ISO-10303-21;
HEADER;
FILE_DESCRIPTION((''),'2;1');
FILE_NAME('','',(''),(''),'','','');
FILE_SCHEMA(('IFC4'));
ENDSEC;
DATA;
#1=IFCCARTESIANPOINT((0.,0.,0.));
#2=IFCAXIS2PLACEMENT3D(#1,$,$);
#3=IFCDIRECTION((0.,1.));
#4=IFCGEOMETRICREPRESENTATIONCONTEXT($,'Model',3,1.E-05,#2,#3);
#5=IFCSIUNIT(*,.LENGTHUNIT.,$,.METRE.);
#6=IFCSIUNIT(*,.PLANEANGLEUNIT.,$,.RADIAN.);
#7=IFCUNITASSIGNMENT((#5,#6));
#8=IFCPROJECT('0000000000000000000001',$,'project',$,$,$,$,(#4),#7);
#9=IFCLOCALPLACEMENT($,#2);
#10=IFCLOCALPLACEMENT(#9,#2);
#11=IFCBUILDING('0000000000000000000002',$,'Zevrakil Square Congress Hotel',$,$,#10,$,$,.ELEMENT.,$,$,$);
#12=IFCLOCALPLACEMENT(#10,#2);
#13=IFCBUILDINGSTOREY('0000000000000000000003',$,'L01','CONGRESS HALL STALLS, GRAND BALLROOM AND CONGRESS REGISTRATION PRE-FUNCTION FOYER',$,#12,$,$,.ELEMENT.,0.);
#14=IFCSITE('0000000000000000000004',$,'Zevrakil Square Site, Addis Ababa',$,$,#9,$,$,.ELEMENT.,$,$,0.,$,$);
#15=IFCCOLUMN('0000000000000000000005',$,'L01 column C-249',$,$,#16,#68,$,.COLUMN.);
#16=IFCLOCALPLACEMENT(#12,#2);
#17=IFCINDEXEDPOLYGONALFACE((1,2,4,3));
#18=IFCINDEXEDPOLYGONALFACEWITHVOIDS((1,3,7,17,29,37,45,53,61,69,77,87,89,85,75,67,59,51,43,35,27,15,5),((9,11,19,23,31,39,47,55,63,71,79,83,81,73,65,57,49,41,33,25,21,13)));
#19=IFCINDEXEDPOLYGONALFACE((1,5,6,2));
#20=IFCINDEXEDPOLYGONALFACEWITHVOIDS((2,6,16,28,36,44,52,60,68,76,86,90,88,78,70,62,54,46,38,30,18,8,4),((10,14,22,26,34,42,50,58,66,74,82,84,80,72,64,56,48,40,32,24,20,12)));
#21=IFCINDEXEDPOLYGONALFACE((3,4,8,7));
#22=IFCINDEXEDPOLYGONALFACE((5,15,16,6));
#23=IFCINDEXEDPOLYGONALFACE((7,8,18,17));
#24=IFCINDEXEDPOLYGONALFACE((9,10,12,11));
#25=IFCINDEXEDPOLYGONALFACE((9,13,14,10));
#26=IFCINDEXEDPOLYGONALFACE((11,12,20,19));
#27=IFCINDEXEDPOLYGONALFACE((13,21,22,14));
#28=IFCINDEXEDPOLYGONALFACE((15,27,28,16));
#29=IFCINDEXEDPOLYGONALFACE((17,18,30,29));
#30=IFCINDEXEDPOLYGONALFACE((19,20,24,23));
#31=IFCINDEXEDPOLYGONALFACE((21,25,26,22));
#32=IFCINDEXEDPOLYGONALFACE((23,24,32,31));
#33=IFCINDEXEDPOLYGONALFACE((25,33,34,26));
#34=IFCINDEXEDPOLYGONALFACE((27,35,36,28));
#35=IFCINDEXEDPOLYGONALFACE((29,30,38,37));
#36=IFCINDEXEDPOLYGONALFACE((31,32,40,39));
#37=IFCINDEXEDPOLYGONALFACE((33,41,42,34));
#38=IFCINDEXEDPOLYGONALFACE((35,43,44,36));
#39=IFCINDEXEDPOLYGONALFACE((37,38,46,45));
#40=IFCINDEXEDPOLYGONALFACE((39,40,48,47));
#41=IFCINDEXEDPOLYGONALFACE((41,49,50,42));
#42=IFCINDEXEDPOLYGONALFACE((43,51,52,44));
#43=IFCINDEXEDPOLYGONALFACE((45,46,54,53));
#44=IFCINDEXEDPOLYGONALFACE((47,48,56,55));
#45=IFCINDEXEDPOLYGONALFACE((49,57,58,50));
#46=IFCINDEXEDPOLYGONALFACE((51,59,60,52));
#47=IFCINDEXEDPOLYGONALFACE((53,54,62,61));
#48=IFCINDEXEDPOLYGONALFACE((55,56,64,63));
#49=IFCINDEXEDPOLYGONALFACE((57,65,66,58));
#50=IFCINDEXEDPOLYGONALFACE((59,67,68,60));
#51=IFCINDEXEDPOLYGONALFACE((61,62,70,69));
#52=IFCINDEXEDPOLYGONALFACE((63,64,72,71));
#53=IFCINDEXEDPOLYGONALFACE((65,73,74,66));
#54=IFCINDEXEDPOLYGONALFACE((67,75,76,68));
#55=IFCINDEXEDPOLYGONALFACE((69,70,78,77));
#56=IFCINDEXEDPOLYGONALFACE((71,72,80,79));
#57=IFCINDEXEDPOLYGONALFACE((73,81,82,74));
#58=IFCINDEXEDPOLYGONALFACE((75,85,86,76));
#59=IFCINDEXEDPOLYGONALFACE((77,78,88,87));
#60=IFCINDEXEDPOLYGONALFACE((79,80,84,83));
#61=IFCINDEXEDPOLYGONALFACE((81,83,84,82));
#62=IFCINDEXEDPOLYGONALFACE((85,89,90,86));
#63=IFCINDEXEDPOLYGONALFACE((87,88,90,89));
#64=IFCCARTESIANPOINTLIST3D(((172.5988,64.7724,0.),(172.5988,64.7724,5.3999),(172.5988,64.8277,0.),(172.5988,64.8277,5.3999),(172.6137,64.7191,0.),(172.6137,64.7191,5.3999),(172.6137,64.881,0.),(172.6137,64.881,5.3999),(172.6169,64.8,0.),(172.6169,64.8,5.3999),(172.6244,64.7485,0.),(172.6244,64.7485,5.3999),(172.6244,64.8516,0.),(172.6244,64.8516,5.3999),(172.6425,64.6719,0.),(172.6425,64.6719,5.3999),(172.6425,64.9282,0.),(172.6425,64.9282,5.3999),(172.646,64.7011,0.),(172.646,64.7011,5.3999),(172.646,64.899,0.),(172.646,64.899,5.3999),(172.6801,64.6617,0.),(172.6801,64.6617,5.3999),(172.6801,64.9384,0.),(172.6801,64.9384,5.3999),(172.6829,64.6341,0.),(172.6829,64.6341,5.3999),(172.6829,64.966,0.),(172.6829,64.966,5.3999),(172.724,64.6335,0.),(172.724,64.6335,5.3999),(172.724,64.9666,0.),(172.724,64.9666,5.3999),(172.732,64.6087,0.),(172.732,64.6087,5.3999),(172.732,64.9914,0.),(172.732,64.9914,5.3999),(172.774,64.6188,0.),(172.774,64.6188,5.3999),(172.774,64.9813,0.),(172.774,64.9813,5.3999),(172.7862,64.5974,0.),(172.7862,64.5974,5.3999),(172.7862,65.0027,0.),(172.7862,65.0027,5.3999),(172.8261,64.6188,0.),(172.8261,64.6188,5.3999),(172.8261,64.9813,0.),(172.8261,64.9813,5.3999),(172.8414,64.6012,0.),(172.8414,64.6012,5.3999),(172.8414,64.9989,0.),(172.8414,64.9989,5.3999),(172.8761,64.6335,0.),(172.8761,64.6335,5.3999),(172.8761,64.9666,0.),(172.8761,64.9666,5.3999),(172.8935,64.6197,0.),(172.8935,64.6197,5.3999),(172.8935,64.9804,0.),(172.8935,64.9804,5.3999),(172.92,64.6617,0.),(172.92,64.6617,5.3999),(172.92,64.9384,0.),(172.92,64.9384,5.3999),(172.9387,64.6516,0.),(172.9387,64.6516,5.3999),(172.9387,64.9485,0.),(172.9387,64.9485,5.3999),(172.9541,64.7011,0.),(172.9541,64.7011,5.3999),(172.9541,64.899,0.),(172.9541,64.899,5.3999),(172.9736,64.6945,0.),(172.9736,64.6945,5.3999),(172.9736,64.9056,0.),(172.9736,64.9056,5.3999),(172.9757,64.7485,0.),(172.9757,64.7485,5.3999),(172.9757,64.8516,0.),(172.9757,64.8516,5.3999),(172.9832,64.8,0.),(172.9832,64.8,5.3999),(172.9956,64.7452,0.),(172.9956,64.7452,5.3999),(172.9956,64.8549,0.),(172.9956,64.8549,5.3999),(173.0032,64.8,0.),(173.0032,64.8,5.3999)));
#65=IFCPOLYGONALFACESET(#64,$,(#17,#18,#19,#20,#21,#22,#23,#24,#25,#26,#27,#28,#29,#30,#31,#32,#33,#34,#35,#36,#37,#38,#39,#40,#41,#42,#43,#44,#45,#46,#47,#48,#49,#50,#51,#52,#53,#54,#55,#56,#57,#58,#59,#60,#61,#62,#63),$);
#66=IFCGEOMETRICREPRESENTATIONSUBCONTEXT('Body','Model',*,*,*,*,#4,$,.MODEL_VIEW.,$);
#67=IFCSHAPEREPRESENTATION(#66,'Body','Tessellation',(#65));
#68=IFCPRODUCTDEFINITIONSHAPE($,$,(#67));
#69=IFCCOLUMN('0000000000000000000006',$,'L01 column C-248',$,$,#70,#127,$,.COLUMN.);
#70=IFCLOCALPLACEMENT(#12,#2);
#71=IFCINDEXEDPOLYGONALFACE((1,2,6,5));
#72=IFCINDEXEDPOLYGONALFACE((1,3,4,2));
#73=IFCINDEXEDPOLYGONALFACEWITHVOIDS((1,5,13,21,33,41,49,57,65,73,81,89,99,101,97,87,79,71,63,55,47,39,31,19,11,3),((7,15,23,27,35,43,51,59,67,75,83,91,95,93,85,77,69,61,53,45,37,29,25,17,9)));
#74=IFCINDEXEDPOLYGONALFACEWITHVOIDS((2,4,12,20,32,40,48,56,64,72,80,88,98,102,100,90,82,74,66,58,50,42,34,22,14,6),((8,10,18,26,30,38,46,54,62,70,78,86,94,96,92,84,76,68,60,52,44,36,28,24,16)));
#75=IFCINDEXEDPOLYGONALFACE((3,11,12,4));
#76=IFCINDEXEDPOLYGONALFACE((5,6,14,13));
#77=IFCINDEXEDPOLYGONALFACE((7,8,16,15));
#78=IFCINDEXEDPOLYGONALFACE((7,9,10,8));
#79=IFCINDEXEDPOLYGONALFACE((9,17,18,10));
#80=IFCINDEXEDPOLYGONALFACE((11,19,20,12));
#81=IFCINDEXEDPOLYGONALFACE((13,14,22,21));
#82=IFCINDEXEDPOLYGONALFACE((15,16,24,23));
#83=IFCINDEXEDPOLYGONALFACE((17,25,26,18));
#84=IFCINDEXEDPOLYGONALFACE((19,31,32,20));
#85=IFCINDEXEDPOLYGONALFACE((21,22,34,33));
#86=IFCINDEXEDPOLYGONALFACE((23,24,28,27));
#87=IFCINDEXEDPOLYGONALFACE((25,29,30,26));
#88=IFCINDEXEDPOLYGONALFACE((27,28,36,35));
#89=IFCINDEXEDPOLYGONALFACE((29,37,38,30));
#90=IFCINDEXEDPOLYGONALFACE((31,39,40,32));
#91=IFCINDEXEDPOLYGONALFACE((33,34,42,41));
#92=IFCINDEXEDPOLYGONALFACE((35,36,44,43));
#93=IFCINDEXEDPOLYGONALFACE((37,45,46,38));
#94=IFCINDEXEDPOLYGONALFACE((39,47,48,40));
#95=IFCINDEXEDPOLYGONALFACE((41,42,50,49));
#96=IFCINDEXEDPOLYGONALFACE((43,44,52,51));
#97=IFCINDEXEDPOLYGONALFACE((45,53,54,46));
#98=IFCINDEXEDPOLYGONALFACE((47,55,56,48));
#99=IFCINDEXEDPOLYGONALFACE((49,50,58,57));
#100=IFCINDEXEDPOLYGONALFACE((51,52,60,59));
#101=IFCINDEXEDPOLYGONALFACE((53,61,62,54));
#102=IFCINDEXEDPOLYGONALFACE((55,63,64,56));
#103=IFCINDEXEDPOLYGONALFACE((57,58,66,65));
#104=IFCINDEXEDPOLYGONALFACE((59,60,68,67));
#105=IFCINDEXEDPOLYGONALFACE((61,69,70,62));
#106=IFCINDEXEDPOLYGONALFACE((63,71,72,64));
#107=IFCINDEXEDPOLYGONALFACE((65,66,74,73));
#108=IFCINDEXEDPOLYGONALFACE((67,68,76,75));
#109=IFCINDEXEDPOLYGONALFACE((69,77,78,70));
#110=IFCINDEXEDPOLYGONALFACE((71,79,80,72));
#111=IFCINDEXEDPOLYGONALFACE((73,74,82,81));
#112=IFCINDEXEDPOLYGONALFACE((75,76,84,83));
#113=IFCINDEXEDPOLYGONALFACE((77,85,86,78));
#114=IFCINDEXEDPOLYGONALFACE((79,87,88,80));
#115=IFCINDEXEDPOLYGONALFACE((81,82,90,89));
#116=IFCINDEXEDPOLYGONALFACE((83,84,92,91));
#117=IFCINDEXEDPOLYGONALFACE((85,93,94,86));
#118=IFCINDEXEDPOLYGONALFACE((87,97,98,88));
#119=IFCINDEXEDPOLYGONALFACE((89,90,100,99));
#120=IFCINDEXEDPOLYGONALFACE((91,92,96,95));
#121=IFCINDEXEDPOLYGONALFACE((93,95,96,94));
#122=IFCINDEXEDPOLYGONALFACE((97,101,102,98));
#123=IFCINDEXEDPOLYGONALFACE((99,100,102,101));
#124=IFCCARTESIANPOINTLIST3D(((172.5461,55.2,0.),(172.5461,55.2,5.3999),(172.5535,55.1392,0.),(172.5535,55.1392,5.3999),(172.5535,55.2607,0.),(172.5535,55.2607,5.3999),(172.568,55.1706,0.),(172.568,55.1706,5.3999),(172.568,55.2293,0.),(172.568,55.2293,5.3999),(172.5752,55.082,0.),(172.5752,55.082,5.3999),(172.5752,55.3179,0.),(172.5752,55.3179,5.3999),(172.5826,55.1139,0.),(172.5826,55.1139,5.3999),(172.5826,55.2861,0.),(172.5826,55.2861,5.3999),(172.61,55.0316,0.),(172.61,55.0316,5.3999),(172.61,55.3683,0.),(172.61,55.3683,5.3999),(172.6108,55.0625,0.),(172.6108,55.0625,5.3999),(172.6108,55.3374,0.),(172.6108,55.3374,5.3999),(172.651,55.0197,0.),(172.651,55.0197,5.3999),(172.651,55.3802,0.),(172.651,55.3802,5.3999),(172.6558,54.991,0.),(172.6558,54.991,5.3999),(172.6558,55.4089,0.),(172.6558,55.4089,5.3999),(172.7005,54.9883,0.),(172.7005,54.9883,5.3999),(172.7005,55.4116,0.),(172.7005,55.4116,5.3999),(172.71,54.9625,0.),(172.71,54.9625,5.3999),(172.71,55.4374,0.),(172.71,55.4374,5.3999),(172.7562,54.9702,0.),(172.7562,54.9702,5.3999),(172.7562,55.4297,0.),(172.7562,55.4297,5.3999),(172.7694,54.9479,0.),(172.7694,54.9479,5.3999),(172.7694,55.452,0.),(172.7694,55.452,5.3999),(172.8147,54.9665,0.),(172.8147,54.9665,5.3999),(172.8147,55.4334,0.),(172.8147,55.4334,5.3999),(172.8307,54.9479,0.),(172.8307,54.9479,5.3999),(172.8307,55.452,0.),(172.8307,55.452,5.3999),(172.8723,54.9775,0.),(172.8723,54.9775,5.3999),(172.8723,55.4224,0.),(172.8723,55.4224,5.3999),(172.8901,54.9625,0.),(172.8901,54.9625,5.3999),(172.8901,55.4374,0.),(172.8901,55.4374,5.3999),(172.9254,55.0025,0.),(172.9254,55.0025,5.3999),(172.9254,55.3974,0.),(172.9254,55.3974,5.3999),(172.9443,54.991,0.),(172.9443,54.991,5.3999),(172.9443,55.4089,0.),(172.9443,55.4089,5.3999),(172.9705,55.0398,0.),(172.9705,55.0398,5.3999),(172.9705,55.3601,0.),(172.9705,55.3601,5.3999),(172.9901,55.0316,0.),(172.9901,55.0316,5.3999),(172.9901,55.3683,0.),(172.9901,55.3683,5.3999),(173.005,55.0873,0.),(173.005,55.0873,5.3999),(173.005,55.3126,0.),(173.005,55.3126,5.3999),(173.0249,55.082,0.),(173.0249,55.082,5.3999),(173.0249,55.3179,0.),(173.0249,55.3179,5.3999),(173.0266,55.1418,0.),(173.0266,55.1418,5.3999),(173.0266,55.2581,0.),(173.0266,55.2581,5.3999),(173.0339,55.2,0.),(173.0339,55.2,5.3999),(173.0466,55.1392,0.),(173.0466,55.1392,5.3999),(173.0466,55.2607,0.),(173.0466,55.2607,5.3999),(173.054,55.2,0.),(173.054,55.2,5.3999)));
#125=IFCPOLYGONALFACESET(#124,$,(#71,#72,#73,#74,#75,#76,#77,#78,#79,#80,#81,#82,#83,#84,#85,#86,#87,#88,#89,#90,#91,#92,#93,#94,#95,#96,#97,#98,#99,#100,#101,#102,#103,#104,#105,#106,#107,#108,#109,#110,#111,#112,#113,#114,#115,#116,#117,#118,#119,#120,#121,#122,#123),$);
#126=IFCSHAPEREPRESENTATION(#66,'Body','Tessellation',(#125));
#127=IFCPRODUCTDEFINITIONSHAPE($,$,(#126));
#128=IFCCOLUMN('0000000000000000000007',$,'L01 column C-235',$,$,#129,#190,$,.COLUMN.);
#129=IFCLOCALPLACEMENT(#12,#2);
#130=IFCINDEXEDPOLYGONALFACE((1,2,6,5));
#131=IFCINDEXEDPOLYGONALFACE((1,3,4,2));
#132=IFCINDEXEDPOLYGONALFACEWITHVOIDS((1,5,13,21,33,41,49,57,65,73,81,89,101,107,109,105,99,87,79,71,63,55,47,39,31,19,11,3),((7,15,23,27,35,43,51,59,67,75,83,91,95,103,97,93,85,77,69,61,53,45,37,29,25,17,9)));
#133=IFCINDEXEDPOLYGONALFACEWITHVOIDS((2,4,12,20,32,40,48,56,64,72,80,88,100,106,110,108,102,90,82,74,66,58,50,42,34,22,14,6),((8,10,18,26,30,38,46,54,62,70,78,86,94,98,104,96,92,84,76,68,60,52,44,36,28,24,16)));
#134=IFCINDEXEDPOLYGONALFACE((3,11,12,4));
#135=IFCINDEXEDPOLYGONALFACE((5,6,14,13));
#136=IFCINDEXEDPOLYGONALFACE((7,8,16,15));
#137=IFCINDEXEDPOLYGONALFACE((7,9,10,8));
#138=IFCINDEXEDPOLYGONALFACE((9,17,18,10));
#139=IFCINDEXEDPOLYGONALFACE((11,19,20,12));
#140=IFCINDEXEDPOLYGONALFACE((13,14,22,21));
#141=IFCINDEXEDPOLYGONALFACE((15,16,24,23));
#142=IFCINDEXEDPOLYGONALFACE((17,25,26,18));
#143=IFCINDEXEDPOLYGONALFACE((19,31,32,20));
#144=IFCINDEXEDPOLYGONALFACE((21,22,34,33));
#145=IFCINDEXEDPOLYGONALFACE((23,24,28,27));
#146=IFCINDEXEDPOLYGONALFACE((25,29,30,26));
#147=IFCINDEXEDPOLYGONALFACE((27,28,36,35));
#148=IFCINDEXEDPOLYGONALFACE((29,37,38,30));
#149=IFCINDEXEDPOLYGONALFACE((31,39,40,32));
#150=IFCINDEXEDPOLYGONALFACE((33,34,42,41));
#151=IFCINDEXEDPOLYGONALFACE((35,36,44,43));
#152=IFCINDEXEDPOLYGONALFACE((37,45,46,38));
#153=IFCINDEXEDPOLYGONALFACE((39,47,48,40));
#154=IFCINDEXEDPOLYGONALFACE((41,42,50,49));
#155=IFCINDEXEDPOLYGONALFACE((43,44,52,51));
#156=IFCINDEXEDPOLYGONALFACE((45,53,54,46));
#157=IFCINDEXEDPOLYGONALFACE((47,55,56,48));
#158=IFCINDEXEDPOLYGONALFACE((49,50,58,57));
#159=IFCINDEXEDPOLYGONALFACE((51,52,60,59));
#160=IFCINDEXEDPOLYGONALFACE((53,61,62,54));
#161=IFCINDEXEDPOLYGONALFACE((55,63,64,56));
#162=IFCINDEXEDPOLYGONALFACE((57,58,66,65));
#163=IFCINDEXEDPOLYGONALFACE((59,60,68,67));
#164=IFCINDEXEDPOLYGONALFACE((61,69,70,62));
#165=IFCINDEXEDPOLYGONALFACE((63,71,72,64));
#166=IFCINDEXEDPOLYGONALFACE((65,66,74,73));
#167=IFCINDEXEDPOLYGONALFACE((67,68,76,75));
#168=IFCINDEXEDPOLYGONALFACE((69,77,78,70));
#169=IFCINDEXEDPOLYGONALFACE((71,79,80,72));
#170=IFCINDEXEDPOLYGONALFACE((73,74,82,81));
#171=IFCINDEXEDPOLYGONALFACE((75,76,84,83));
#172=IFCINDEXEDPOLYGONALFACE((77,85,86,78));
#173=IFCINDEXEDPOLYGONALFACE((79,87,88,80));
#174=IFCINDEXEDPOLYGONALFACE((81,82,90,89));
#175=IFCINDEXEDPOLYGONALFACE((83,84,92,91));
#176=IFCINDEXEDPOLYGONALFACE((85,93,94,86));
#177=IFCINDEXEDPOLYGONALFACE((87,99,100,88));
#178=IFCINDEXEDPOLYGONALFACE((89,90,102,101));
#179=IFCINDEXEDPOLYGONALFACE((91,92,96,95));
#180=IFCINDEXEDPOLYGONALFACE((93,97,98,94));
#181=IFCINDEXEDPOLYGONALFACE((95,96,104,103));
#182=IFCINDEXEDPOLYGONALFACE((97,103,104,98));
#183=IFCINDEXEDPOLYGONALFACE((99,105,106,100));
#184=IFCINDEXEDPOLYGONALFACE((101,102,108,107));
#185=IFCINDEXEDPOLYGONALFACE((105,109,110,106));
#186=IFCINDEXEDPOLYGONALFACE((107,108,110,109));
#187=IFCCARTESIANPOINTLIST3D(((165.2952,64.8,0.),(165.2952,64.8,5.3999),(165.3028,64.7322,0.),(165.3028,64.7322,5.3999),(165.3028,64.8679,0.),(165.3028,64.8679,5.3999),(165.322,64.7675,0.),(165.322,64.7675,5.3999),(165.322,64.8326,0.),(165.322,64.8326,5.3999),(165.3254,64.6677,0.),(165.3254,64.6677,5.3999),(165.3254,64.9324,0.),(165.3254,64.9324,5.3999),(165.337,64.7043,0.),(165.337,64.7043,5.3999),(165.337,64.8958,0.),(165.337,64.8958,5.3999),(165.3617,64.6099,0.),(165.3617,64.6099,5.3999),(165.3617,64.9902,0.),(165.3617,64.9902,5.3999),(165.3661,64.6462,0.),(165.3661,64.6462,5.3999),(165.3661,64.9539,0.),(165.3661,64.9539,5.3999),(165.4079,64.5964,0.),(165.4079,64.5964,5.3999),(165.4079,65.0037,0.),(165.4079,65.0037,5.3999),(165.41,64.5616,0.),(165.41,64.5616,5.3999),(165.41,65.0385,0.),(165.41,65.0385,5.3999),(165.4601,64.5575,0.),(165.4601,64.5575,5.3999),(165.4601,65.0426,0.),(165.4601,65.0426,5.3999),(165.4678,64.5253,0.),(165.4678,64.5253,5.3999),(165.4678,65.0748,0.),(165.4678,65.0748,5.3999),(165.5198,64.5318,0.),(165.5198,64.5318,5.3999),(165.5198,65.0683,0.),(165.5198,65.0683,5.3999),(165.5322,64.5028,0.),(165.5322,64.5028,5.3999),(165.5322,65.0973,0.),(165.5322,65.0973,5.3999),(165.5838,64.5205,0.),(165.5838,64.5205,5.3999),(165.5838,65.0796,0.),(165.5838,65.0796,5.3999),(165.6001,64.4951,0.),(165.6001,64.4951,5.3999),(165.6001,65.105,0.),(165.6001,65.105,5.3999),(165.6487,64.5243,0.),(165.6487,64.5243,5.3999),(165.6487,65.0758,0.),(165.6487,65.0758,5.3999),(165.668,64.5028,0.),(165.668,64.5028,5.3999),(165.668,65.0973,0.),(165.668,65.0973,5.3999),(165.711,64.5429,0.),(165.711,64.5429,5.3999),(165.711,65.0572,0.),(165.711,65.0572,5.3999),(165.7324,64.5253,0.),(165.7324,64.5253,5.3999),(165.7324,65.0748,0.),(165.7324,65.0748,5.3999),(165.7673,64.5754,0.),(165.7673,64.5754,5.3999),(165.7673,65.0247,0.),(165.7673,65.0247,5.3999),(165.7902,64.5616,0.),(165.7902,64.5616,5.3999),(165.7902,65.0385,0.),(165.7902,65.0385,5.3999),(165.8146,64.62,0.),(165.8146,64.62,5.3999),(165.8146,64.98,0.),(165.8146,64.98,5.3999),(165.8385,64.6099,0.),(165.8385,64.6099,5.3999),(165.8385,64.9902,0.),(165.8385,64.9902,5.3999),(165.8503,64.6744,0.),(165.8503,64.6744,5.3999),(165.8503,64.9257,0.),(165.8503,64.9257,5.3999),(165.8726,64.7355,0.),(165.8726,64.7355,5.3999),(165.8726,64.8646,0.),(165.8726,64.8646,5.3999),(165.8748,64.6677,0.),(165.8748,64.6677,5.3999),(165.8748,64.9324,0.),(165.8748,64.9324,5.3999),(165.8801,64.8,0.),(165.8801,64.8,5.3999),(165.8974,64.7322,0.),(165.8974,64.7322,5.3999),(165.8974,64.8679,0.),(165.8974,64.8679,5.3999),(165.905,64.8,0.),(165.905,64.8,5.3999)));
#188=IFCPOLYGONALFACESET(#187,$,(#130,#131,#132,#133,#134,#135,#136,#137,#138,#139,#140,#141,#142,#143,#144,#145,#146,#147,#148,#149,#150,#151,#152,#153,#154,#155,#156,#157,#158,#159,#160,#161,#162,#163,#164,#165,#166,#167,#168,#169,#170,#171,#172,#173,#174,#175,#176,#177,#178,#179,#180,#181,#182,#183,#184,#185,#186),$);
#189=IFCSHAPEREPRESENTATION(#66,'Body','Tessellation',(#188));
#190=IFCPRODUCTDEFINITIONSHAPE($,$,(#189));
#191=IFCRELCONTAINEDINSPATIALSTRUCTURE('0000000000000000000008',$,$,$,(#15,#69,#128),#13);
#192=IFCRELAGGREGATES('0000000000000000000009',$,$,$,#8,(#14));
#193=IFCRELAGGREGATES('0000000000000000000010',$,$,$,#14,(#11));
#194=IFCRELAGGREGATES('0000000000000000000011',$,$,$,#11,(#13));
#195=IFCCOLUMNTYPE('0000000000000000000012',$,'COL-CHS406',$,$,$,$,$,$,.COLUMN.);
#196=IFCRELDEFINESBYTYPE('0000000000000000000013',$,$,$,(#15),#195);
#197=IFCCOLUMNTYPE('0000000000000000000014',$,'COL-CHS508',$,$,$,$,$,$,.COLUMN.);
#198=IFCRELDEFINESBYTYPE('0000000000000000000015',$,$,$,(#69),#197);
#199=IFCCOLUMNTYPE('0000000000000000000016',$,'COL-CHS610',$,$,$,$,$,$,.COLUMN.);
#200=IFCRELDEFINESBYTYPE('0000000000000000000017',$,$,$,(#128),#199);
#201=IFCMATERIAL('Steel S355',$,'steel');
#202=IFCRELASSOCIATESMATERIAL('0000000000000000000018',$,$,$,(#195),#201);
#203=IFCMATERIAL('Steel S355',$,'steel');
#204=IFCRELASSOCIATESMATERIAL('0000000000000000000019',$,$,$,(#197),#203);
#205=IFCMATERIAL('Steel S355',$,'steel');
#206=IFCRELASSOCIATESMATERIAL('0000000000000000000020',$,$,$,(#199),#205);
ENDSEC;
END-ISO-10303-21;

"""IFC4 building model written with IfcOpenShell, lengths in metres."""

from ifc_helpers import new_model, si_unit, direction, frame, origin, origin_2d, place, context, subcontext, project, spatial, hollow_circle, extrude, material, material_profile, profile_set, type_object, element, save


model = new_model("IFC4")

# Units and contexts
model_context = context("Model", 3, precision=1e-05, world=origin(), true_north=direction((0.0, 1.0)))
body_context = subcontext(model_context, "Body", "Model", "MODEL_VIEW")
ifc_project = project(units=[si_unit("LENGTHUNIT", "METRE"), si_unit("PLANEANGLEUNIT", "RADIAN")], contexts=[model_context])

# Site, building, storey
site_placement = place(None, origin())
site = spatial("IfcSite", under=ifc_project, at=site_placement, Name="Zevrakil Square Site, Addis Ababa", CompositionType="ELEMENT", RefElevation=0.0)
building_placement = place(site_placement, origin())
building = spatial("IfcBuilding", under=site, at=building_placement, Name="Zevrakil Square Congress Hotel", CompositionType="ELEMENT")
storey_placement = place(building_placement, origin())
storey = spatial("IfcBuildingStorey", under=building, at=storey_placement, Name="L01", Description="CONGRESS HALL STALLS, GRAND BALLROOM AND CONGRESS REGISTRATION PRE-FUNCTION FOYER", CompositionType="ELEMENT", Elevation=0.0)

# Columns
ifc_material_1 = material(Name="Steel S355", Category="steel")
ifc_material_profile_1 = material_profile(ifc_material_1, hollow_circle(Radius=0.2031, WallThickness=0.02, at=origin_2d()), Name="CHS 406.4x20")
ifc_profile_set_1 = profile_set([ifc_material_profile_1], Name="Steel S355")
column_type_1 = type_object("IfcColumnType", Name="COL-CHS406", PredefinedType="COLUMN", material=ifc_profile_set_1)
column_1_placement = place(storey_placement, frame((172.8, 64.8, 0.0), z_axis=(0.0, 0.0, 1.0), x_axis=(1.0, 0.0, 0.0)))
element("IfcColumn", 1, at=column_1_placement, inside=storey, type_object=column_type_1, Name="L01 column C-249", PredefinedType="COLUMN", context=body_context, shape_type="SweptSolid", body=[
    extrude(hollow_circle(Radius=0.2031, WallThickness=0.02, at=origin_2d()), origin(), (0.0, 0.0, 1.0), 5.3999),
])
ifc_material_2 = material(Name="Steel S355", Category="steel")
ifc_material_profile_2 = material_profile(ifc_material_2, hollow_circle(Radius=0.2539, WallThickness=0.02, at=origin_2d()), Name="CHS 508x20")
ifc_profile_set_2 = profile_set([ifc_material_profile_2], Name="Steel S355")
column_type_2 = type_object("IfcColumnType", Name="COL-CHS508", PredefinedType="COLUMN", material=ifc_profile_set_2)
column_2_placement = place(storey_placement, frame((172.8, 55.2, 0.0), z_axis=(0.0, 0.0, 1.0), x_axis=(1.0, 0.0, 0.0)))
element("IfcColumn", 2, at=column_2_placement, inside=storey, type_object=column_type_2, Name="L01 column C-248", PredefinedType="COLUMN", context=body_context, shape_type="SweptSolid", body=[
    extrude(hollow_circle(Radius=0.2539, WallThickness=0.02, at=origin_2d()), origin(), (0.0, 0.0, 1.0), 5.3999),
])
ifc_material_3 = material(Name="Steel S355", Category="steel")
ifc_material_profile_3 = material_profile(ifc_material_3, hollow_circle(Radius=0.3049, WallThickness=0.0249, at=origin_2d()), Name="CHS 610x25")
ifc_profile_set_3 = profile_set([ifc_material_profile_3], Name="Steel S355")
column_type_3 = type_object("IfcColumnType", Name="COL-CHS610", PredefinedType="COLUMN", material=ifc_profile_set_3)
column_3_placement = place(storey_placement, frame((165.6001, 64.8, 0.0), z_axis=(0.0, 0.0, 1.0), x_axis=(1.0, 0.0, 0.0)))
element("IfcColumn", 3, at=column_3_placement, inside=storey, type_object=column_type_3, Name="L01 column C-235", PredefinedType="COLUMN", context=body_context, shape_type="SweptSolid", body=[
    extrude(hollow_circle(Radius=0.3049, WallThickness=0.0249, at=origin_2d()), origin(), (0.0, 0.0, 1.0), 5.3999),
])

save(model, "model.ifc")
